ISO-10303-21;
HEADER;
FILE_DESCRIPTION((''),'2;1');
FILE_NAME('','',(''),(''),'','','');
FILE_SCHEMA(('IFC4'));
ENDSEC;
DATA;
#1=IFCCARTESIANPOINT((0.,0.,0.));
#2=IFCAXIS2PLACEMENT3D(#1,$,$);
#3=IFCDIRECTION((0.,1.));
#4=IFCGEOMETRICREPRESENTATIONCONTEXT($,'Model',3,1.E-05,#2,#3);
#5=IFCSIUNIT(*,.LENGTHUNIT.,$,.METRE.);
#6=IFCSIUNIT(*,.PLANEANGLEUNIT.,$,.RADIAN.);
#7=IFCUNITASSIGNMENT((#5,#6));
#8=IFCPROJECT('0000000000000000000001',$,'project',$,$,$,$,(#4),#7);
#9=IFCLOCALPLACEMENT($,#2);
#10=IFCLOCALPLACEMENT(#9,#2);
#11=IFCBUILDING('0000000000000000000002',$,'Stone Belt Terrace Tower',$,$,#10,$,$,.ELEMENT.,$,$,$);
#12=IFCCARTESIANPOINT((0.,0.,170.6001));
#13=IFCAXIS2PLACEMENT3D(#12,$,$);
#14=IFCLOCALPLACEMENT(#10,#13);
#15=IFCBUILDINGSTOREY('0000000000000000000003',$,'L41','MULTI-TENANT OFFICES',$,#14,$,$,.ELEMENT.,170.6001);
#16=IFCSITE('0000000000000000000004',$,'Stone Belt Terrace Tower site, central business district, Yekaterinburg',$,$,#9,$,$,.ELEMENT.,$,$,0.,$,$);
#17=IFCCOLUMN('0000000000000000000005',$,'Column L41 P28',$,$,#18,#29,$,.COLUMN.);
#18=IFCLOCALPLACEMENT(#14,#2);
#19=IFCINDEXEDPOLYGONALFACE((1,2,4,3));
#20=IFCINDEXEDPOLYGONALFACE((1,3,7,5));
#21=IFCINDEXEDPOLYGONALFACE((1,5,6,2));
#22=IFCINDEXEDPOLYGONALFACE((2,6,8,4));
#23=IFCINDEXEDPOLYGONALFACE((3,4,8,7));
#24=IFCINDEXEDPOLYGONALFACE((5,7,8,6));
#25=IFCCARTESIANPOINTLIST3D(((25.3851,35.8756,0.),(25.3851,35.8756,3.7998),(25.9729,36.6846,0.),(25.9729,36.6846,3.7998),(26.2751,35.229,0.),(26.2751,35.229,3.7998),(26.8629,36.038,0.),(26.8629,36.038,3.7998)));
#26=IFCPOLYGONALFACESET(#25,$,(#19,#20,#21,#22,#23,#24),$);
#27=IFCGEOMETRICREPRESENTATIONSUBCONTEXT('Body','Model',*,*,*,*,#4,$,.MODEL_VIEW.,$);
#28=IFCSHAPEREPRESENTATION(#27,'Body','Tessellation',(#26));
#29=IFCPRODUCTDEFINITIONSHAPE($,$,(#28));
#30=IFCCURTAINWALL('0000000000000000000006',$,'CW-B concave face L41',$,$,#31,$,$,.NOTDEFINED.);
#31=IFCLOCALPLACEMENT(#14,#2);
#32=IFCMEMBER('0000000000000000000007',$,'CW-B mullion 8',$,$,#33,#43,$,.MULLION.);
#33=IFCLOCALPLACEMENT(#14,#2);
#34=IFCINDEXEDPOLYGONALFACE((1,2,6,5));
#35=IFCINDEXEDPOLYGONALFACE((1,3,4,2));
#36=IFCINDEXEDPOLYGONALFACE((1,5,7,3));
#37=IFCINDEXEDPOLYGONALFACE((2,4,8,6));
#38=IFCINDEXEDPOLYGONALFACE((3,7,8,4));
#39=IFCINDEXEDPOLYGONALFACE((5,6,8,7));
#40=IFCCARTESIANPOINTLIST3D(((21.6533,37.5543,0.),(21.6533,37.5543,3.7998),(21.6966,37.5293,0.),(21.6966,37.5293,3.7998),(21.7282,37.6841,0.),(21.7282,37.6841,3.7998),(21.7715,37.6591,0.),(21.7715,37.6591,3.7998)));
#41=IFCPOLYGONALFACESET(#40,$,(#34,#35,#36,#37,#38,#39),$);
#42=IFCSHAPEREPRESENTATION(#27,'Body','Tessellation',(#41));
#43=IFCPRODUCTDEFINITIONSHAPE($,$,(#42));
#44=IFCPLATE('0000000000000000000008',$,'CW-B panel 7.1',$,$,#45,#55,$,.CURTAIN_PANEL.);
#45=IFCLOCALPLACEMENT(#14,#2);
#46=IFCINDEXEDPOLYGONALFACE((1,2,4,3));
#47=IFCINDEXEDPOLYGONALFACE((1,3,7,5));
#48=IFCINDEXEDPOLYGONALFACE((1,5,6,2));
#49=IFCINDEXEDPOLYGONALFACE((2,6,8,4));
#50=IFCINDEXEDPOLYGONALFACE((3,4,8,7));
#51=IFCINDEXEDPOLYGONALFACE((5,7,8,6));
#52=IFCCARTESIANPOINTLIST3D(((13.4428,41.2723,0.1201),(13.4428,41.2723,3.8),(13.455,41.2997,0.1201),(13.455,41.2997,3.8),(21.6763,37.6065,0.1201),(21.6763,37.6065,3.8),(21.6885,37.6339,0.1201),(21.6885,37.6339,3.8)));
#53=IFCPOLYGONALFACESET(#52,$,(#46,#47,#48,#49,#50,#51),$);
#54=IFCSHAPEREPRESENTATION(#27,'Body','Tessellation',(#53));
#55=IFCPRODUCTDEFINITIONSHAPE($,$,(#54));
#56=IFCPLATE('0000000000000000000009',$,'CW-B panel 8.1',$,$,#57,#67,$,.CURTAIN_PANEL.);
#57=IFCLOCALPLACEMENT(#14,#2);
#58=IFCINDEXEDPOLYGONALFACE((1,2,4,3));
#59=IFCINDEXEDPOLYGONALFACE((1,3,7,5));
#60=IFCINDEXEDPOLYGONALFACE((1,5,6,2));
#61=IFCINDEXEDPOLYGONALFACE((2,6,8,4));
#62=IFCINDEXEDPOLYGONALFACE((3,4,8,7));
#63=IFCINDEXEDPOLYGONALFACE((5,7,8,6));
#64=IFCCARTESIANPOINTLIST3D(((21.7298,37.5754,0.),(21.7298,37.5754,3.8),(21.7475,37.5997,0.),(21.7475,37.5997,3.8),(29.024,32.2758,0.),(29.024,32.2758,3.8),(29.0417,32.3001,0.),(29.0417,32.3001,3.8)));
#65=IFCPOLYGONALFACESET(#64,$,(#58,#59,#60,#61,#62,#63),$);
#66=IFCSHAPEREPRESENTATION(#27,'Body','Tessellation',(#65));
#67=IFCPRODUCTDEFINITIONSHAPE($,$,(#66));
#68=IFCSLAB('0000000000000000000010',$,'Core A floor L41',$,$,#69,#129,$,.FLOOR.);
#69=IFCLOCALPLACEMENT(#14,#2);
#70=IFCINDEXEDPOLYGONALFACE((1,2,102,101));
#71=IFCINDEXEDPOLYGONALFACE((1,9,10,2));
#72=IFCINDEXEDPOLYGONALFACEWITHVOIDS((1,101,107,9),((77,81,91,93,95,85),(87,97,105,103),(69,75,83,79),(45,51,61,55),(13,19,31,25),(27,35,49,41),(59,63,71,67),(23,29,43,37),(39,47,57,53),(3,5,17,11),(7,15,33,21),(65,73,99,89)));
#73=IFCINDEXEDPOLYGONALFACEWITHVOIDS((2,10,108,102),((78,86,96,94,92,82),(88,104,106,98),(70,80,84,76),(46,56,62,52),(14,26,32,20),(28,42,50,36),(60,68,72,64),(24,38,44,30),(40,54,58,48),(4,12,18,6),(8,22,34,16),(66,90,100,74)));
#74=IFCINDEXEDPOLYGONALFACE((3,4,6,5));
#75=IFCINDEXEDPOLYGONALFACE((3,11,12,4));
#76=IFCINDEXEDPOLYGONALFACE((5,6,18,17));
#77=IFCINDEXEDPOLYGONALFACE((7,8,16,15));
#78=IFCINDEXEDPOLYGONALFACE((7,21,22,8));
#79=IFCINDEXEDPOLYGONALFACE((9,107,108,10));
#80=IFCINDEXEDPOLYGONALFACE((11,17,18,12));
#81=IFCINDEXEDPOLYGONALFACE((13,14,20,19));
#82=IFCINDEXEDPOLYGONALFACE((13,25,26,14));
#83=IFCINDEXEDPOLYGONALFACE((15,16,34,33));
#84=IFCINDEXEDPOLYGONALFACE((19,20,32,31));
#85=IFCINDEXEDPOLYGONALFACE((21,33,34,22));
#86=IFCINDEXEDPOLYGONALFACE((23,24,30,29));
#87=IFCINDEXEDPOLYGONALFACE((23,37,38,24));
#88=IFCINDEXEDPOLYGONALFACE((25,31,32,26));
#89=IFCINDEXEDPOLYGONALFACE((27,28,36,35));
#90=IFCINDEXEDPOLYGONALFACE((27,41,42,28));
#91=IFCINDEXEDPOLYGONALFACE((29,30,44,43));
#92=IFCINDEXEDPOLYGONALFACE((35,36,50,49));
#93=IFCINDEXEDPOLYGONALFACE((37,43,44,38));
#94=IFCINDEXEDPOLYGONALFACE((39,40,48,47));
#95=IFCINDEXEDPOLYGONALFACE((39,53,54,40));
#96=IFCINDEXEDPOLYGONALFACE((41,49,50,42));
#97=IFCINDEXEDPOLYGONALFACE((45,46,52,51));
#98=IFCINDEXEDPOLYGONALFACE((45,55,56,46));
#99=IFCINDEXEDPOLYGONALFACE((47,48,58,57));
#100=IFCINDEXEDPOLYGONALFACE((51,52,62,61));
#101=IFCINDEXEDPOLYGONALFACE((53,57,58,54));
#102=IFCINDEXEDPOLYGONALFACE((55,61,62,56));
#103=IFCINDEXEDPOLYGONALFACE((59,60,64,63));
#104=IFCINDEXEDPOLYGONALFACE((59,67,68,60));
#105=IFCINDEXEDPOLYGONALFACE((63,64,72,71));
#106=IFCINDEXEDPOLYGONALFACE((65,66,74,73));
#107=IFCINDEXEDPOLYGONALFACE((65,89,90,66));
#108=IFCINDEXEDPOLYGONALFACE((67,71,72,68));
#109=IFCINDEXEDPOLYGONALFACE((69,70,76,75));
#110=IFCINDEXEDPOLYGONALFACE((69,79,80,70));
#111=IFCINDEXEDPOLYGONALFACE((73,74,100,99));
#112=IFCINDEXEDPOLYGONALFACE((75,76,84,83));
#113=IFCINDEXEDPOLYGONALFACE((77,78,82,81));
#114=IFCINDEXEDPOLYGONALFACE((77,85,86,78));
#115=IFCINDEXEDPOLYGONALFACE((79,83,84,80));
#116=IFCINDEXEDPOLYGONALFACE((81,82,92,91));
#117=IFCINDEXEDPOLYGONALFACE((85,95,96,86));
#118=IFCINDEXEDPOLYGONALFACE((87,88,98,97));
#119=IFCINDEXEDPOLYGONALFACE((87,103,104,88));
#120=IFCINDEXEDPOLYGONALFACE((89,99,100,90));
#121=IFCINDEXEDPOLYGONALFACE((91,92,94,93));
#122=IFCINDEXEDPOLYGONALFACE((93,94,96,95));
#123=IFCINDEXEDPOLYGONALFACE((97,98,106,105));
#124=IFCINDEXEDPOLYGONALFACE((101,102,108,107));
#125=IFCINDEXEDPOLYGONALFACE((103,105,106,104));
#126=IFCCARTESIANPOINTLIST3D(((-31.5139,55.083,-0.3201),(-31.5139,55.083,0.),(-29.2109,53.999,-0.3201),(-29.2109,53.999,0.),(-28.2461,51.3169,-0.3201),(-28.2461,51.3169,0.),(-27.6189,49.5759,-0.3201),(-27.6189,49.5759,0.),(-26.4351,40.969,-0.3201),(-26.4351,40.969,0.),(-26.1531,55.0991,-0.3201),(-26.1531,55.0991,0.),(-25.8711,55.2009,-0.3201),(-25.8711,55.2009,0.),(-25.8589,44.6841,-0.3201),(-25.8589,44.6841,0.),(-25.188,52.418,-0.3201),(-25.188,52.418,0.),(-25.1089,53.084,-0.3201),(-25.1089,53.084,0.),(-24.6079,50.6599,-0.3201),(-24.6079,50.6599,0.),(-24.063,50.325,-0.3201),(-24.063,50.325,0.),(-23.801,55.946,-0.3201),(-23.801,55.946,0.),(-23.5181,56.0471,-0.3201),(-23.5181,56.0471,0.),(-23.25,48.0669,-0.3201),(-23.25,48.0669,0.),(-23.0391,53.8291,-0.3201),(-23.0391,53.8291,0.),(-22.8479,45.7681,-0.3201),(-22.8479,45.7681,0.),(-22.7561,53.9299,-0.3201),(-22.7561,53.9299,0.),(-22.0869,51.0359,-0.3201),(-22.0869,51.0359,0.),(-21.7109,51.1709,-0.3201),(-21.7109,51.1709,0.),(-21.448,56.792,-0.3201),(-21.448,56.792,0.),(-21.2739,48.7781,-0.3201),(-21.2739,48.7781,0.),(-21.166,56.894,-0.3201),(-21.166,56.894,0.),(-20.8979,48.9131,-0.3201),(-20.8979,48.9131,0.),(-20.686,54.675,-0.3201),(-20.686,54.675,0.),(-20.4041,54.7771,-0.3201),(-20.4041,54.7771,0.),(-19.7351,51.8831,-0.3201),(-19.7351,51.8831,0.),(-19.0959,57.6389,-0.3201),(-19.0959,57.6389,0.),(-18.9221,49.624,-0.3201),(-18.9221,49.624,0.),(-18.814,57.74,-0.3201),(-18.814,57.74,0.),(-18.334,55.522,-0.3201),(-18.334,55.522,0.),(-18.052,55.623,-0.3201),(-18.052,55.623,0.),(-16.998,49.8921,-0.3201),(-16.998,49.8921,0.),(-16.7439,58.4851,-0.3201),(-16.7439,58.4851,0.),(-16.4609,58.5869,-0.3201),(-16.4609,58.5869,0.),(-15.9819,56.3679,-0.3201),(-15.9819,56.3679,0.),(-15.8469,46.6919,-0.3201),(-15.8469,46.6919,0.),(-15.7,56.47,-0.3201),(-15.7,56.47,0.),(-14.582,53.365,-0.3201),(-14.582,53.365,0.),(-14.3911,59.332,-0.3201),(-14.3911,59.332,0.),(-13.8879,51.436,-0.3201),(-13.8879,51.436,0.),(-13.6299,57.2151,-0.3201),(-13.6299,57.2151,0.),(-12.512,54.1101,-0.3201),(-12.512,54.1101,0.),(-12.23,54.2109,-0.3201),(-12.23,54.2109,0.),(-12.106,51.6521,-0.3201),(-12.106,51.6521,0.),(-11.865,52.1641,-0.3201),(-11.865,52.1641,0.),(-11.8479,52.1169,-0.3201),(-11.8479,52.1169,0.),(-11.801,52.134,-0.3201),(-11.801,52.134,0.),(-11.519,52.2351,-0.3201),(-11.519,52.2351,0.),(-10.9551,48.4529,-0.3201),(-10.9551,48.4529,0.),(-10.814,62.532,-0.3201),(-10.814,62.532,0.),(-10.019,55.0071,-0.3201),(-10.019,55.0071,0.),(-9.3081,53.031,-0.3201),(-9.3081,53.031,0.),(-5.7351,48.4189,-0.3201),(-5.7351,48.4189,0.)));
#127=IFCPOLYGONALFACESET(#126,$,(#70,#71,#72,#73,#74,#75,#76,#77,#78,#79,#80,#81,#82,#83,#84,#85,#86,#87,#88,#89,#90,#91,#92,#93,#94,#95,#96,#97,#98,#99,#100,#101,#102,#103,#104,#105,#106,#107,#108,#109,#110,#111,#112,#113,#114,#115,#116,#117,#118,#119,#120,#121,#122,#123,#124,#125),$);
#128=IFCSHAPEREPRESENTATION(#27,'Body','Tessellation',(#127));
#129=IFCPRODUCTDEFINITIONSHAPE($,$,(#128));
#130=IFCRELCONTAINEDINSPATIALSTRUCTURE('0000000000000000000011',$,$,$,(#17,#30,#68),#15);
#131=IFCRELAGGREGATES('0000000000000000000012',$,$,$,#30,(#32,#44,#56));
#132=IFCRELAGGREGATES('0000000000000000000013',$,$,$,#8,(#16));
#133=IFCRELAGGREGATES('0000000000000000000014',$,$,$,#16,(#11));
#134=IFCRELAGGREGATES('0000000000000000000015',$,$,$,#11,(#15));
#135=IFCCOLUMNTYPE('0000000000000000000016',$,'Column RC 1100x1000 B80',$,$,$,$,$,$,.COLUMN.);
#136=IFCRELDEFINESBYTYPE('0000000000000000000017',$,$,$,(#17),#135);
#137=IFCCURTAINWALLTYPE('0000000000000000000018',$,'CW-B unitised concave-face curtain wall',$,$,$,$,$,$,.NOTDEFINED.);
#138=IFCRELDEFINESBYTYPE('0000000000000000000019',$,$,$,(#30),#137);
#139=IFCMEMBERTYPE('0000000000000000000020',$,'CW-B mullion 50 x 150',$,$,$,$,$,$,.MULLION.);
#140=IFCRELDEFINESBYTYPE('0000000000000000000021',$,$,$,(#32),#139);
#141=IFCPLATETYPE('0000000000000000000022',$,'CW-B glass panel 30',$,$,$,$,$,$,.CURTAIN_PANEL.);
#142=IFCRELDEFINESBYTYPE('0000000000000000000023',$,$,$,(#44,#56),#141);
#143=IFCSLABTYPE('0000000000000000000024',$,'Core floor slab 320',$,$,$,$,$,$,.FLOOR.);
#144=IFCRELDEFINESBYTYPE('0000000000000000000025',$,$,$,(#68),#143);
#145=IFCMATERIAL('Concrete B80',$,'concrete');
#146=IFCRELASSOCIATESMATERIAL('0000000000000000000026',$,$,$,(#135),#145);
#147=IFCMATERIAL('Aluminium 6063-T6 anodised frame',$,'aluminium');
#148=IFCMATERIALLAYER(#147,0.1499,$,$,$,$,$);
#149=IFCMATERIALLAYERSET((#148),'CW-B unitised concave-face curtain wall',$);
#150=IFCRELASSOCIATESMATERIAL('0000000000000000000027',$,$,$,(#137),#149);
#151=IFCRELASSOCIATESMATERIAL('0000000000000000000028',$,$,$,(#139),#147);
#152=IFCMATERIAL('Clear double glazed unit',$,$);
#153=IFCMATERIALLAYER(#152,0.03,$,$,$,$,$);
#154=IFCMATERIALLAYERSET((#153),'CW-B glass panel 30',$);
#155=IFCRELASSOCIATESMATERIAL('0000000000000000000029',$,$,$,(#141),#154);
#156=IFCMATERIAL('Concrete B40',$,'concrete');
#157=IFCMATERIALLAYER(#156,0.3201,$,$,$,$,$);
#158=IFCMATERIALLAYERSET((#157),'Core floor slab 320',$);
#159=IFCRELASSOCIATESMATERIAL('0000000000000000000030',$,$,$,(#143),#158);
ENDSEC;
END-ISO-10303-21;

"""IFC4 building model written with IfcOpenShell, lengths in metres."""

from ifc_helpers import new_model, si_unit, direction, frame, origin, origin_2d, place, context, subcontext, project, spatial, polyline, rectangle, outline, extrude, material, layer, layer_set, material_profile, profile_set, type_object, element, aggregate, save


model = new_model("IFC4")

# Units and contexts
model_context = context("Model", 3, precision=1e-05, world=origin(), true_north=direction((0.0, 1.0)))
body_context = subcontext(model_context, "Body", "Model", "MODEL_VIEW")
ifc_project = project(units=[si_unit("LENGTHUNIT", "METRE"), si_unit("PLANEANGLEUNIT", "RADIAN")], contexts=[model_context])

# Site, building, storey
site_placement = place(None, origin())
site = spatial("IfcSite", under=ifc_project, at=site_placement, Name="Stone Belt Terrace Tower site, central business district, Yekaterinburg", CompositionType="ELEMENT", RefElevation=0.0)
building_placement = place(site_placement, origin())
building = spatial("IfcBuilding", under=site, at=building_placement, Name="Stone Belt Terrace Tower", CompositionType="ELEMENT")
storey_placement = place(building_placement, frame((0.0, 0.0, 170.6001)))
storey = spatial("IfcBuildingStorey", under=building, at=storey_placement, Name="L41", Description="MULTI-TENANT OFFICES", CompositionType="ELEMENT", Elevation=170.6001)

# Column
ifc_material_1 = material(Name="Concrete B80", Category="concrete")
ifc_material_profile_1 = material_profile(ifc_material_1, rectangle(XDim=1.1001, YDim=1.0, at=origin_2d()), Name="RC 1100x1000")
ifc_profile_set_1 = profile_set([ifc_material_profile_1], Name="Concrete B80")
column_type = type_object("IfcColumnType", Name="Column RC 1100x1000 B80", PredefinedType="COLUMN", material=ifc_profile_set_1)
column_placement = place(storey_placement, frame((26.124, 35.9568, 0.0), z_axis=(0.0, 0.0, 1.0), x_axis=(0.809017, -0.587785, 0.0)))
element("IfcColumn", 1, at=column_placement, inside=storey, type_object=column_type, Name="Column L41 P28", PredefinedType="COLUMN", context=body_context, shape_type="SweptSolid", body=[
    extrude(rectangle(XDim=1.1001, YDim=1.0, at=origin_2d()), origin(), (0.0, 0.0, 1.0), 3.7998),
])

# Curtain wall, member, plates
ifc_material_2 = material(Name="Aluminium 6063-T6 anodised frame", Category="aluminium")
ifc_layer_1 = layer(ifc_material_2, 0.1499)
ifc_layer_set_1 = layer_set([ifc_layer_1], Name="CW-B unitised concave-face curtain wall")
curtain_wall_type = type_object("IfcCurtainWallType", Name="CW-B unitised concave-face curtain wall", PredefinedType="NOTDEFINED", material=ifc_layer_set_1)
curtain_wall_placement = place(storey_placement, origin())
curtain_wall = element("IfcCurtainWall", 2, at=curtain_wall_placement, inside=storey, type_object=curtain_wall_type, Name="CW-B concave face L41", PredefinedType="NOTDEFINED")
ifc_material_profile_2 = material_profile(ifc_material_2, rectangle(XDim=0.1499, YDim=0.05, at=origin_2d()), Name="Aluminium 6063-T6 50x150")
ifc_profile_set_2 = profile_set([ifc_material_profile_2], Name="Aluminium 6063-T6 anodised frame")
member_type = type_object("IfcMemberType", Name="CW-B mullion 50 x 150", PredefinedType="MULLION", material=ifc_profile_set_2)
member_placement = place(storey_placement, frame((21.7124, 37.6067, 0.0), z_axis=(0.0, 0.0, 1.0), x_axis=(0.5, 0.866025, 0.0)))
member = element("IfcMember", 3, at=member_placement, type_object=member_type, Name="CW-B mullion 8", PredefinedType="MULLION", context=body_context, shape_type="SweptSolid", body=[
    extrude(rectangle(XDim=0.1499, YDim=0.05, at=origin_2d()), origin(), (0.0, 0.0, 1.0), 3.7998),
])
ifc_material_3 = material(Name="Clear double glazed unit")
ifc_layer_2 = layer(ifc_material_3, 0.03)
ifc_layer_set_2 = layer_set([ifc_layer_2], Name="CW-B glass panel 30")
plate_type = type_object("IfcPlateType", Name="CW-B glass panel 30", PredefinedType="CURTAIN_PANEL", material=ifc_layer_set_2)
plate_1_placement = place(storey_placement, frame((17.5657, 39.4531, 0.1201), z_axis=(0.0, 0.0, 1.0), x_axis=(0.913545, -0.406737, 0.0)))
plate_1 = element("IfcPlate", 4, at=plate_1_placement, type_object=plate_type, Name="CW-B panel 7.1", PredefinedType="CURTAIN_PANEL", context=body_context, shape_type="SweptSolid", body=[
    extrude(rectangle(XDim=9.0127, YDim=0.03, at=origin_2d()), origin(), (0.0, 0.0, 1.0), 3.6799),
])
plate_2_placement = place(storey_placement, frame((25.3857, 34.9377, 0.0), z_axis=(0.0, 0.0, 1.0), x_axis=(0.809017, -0.587785, 0.0)))
plate_2 = element("IfcPlate", 5, at=plate_2_placement, type_object=plate_type, Name="CW-B panel 8.1", PredefinedType="CURTAIN_PANEL", context=body_context, shape_type="SweptSolid", body=[
    extrude(rectangle(XDim=9.0161, YDim=0.03, at=origin_2d()), origin(), (0.0, 0.0, 1.0), 3.8),
])
aggregate(curtain_wall, [member, plate_1, plate_2])

# Slab
ifc_material_4 = material(Name="Concrete B40", Category="concrete")
ifc_layer_3 = layer(ifc_material_4, 0.3201)
ifc_layer_set_3 = layer_set([ifc_layer_3], Name="Core floor slab 320")
slab_type_1 = type_object("IfcSlabType", Name="Core floor slab 320", PredefinedType="FLOOR", material=ifc_layer_set_3)
slab_1_placement = place(storey_placement, frame((0.0, 0.0, -0.3201)))
element("IfcSlab", 6, at=slab_1_placement, inside=storey, type_object=slab_type_1, Name="Core A floor L41", PredefinedType="FLOOR", context=body_context, shape_type="SweptSolid", body=[
    extrude(outline(polyline([(-26.4351, 40.969), (-5.7351, 48.4189), (-10.814, 62.532), (-31.5139, 55.083), (-26.4351, 40.969)]), holes=[polyline([(-24.6079, 50.6599), (-22.8479, 45.7681), (-25.8589, 44.6841), (-27.6189, 49.5759), (-24.6079, 50.6599)]), polyline([(-23.25, 48.0669), (-24.063, 50.325), (-22.0869, 51.0359), (-21.2739, 48.7781), (-23.25, 48.0669)]), polyline([(-20.8979, 48.9131), (-21.7109, 51.1709), (-19.7351, 51.8831), (-18.9221, 49.624), (-20.8979, 48.9131)]), polyline([(-28.2461, 51.3169), (-29.2109, 53.999), (-26.1531, 55.0991), (-25.188, 52.418), (-28.2461, 51.3169)]), polyline([(-23.801, 55.946), (-23.0391, 53.8291), (-25.1089, 53.084), (-25.8711, 55.2009), (-23.801, 55.946)]), polyline([(-21.448, 56.792), (-20.686, 54.675), (-22.7561, 53.9299), (-23.5181, 56.0471), (-21.448, 56.792)]), polyline([(-10.9551, 48.4529), (-15.8469, 46.6919), (-16.998, 49.8921), (-12.106, 51.6521), (-10.9551, 48.4529)]), polyline([(-11.8479, 52.1169), (-11.865, 52.1641), (-13.8879, 51.436), (-14.582, 53.365), (-12.512, 54.1101), (-11.801, 52.134), (-11.8479, 52.1169)]), polyline([(-9.3081, 53.031), (-11.519, 52.2351), (-12.23, 54.2109), (-10.019, 55.0071), (-9.3081, 53.031)]), polyline([(-21.166, 56.894), (-19.0959, 57.6389), (-18.334, 55.522), (-20.4041, 54.7771), (-21.166, 56.894)]), polyline([(-16.7439, 58.4851), (-15.9819, 56.3679), (-18.052, 55.623), (-18.814, 57.74), (-16.7439, 58.4851)]), polyline([(-14.3911, 59.332), (-13.6299, 57.2151), (-15.7, 56.47), (-16.4609, 58.5869), (-14.3911, 59.332)])]), origin(), (0.0, 0.0, 1.0), 0.3201),
])

save(model, "model.ifc")
